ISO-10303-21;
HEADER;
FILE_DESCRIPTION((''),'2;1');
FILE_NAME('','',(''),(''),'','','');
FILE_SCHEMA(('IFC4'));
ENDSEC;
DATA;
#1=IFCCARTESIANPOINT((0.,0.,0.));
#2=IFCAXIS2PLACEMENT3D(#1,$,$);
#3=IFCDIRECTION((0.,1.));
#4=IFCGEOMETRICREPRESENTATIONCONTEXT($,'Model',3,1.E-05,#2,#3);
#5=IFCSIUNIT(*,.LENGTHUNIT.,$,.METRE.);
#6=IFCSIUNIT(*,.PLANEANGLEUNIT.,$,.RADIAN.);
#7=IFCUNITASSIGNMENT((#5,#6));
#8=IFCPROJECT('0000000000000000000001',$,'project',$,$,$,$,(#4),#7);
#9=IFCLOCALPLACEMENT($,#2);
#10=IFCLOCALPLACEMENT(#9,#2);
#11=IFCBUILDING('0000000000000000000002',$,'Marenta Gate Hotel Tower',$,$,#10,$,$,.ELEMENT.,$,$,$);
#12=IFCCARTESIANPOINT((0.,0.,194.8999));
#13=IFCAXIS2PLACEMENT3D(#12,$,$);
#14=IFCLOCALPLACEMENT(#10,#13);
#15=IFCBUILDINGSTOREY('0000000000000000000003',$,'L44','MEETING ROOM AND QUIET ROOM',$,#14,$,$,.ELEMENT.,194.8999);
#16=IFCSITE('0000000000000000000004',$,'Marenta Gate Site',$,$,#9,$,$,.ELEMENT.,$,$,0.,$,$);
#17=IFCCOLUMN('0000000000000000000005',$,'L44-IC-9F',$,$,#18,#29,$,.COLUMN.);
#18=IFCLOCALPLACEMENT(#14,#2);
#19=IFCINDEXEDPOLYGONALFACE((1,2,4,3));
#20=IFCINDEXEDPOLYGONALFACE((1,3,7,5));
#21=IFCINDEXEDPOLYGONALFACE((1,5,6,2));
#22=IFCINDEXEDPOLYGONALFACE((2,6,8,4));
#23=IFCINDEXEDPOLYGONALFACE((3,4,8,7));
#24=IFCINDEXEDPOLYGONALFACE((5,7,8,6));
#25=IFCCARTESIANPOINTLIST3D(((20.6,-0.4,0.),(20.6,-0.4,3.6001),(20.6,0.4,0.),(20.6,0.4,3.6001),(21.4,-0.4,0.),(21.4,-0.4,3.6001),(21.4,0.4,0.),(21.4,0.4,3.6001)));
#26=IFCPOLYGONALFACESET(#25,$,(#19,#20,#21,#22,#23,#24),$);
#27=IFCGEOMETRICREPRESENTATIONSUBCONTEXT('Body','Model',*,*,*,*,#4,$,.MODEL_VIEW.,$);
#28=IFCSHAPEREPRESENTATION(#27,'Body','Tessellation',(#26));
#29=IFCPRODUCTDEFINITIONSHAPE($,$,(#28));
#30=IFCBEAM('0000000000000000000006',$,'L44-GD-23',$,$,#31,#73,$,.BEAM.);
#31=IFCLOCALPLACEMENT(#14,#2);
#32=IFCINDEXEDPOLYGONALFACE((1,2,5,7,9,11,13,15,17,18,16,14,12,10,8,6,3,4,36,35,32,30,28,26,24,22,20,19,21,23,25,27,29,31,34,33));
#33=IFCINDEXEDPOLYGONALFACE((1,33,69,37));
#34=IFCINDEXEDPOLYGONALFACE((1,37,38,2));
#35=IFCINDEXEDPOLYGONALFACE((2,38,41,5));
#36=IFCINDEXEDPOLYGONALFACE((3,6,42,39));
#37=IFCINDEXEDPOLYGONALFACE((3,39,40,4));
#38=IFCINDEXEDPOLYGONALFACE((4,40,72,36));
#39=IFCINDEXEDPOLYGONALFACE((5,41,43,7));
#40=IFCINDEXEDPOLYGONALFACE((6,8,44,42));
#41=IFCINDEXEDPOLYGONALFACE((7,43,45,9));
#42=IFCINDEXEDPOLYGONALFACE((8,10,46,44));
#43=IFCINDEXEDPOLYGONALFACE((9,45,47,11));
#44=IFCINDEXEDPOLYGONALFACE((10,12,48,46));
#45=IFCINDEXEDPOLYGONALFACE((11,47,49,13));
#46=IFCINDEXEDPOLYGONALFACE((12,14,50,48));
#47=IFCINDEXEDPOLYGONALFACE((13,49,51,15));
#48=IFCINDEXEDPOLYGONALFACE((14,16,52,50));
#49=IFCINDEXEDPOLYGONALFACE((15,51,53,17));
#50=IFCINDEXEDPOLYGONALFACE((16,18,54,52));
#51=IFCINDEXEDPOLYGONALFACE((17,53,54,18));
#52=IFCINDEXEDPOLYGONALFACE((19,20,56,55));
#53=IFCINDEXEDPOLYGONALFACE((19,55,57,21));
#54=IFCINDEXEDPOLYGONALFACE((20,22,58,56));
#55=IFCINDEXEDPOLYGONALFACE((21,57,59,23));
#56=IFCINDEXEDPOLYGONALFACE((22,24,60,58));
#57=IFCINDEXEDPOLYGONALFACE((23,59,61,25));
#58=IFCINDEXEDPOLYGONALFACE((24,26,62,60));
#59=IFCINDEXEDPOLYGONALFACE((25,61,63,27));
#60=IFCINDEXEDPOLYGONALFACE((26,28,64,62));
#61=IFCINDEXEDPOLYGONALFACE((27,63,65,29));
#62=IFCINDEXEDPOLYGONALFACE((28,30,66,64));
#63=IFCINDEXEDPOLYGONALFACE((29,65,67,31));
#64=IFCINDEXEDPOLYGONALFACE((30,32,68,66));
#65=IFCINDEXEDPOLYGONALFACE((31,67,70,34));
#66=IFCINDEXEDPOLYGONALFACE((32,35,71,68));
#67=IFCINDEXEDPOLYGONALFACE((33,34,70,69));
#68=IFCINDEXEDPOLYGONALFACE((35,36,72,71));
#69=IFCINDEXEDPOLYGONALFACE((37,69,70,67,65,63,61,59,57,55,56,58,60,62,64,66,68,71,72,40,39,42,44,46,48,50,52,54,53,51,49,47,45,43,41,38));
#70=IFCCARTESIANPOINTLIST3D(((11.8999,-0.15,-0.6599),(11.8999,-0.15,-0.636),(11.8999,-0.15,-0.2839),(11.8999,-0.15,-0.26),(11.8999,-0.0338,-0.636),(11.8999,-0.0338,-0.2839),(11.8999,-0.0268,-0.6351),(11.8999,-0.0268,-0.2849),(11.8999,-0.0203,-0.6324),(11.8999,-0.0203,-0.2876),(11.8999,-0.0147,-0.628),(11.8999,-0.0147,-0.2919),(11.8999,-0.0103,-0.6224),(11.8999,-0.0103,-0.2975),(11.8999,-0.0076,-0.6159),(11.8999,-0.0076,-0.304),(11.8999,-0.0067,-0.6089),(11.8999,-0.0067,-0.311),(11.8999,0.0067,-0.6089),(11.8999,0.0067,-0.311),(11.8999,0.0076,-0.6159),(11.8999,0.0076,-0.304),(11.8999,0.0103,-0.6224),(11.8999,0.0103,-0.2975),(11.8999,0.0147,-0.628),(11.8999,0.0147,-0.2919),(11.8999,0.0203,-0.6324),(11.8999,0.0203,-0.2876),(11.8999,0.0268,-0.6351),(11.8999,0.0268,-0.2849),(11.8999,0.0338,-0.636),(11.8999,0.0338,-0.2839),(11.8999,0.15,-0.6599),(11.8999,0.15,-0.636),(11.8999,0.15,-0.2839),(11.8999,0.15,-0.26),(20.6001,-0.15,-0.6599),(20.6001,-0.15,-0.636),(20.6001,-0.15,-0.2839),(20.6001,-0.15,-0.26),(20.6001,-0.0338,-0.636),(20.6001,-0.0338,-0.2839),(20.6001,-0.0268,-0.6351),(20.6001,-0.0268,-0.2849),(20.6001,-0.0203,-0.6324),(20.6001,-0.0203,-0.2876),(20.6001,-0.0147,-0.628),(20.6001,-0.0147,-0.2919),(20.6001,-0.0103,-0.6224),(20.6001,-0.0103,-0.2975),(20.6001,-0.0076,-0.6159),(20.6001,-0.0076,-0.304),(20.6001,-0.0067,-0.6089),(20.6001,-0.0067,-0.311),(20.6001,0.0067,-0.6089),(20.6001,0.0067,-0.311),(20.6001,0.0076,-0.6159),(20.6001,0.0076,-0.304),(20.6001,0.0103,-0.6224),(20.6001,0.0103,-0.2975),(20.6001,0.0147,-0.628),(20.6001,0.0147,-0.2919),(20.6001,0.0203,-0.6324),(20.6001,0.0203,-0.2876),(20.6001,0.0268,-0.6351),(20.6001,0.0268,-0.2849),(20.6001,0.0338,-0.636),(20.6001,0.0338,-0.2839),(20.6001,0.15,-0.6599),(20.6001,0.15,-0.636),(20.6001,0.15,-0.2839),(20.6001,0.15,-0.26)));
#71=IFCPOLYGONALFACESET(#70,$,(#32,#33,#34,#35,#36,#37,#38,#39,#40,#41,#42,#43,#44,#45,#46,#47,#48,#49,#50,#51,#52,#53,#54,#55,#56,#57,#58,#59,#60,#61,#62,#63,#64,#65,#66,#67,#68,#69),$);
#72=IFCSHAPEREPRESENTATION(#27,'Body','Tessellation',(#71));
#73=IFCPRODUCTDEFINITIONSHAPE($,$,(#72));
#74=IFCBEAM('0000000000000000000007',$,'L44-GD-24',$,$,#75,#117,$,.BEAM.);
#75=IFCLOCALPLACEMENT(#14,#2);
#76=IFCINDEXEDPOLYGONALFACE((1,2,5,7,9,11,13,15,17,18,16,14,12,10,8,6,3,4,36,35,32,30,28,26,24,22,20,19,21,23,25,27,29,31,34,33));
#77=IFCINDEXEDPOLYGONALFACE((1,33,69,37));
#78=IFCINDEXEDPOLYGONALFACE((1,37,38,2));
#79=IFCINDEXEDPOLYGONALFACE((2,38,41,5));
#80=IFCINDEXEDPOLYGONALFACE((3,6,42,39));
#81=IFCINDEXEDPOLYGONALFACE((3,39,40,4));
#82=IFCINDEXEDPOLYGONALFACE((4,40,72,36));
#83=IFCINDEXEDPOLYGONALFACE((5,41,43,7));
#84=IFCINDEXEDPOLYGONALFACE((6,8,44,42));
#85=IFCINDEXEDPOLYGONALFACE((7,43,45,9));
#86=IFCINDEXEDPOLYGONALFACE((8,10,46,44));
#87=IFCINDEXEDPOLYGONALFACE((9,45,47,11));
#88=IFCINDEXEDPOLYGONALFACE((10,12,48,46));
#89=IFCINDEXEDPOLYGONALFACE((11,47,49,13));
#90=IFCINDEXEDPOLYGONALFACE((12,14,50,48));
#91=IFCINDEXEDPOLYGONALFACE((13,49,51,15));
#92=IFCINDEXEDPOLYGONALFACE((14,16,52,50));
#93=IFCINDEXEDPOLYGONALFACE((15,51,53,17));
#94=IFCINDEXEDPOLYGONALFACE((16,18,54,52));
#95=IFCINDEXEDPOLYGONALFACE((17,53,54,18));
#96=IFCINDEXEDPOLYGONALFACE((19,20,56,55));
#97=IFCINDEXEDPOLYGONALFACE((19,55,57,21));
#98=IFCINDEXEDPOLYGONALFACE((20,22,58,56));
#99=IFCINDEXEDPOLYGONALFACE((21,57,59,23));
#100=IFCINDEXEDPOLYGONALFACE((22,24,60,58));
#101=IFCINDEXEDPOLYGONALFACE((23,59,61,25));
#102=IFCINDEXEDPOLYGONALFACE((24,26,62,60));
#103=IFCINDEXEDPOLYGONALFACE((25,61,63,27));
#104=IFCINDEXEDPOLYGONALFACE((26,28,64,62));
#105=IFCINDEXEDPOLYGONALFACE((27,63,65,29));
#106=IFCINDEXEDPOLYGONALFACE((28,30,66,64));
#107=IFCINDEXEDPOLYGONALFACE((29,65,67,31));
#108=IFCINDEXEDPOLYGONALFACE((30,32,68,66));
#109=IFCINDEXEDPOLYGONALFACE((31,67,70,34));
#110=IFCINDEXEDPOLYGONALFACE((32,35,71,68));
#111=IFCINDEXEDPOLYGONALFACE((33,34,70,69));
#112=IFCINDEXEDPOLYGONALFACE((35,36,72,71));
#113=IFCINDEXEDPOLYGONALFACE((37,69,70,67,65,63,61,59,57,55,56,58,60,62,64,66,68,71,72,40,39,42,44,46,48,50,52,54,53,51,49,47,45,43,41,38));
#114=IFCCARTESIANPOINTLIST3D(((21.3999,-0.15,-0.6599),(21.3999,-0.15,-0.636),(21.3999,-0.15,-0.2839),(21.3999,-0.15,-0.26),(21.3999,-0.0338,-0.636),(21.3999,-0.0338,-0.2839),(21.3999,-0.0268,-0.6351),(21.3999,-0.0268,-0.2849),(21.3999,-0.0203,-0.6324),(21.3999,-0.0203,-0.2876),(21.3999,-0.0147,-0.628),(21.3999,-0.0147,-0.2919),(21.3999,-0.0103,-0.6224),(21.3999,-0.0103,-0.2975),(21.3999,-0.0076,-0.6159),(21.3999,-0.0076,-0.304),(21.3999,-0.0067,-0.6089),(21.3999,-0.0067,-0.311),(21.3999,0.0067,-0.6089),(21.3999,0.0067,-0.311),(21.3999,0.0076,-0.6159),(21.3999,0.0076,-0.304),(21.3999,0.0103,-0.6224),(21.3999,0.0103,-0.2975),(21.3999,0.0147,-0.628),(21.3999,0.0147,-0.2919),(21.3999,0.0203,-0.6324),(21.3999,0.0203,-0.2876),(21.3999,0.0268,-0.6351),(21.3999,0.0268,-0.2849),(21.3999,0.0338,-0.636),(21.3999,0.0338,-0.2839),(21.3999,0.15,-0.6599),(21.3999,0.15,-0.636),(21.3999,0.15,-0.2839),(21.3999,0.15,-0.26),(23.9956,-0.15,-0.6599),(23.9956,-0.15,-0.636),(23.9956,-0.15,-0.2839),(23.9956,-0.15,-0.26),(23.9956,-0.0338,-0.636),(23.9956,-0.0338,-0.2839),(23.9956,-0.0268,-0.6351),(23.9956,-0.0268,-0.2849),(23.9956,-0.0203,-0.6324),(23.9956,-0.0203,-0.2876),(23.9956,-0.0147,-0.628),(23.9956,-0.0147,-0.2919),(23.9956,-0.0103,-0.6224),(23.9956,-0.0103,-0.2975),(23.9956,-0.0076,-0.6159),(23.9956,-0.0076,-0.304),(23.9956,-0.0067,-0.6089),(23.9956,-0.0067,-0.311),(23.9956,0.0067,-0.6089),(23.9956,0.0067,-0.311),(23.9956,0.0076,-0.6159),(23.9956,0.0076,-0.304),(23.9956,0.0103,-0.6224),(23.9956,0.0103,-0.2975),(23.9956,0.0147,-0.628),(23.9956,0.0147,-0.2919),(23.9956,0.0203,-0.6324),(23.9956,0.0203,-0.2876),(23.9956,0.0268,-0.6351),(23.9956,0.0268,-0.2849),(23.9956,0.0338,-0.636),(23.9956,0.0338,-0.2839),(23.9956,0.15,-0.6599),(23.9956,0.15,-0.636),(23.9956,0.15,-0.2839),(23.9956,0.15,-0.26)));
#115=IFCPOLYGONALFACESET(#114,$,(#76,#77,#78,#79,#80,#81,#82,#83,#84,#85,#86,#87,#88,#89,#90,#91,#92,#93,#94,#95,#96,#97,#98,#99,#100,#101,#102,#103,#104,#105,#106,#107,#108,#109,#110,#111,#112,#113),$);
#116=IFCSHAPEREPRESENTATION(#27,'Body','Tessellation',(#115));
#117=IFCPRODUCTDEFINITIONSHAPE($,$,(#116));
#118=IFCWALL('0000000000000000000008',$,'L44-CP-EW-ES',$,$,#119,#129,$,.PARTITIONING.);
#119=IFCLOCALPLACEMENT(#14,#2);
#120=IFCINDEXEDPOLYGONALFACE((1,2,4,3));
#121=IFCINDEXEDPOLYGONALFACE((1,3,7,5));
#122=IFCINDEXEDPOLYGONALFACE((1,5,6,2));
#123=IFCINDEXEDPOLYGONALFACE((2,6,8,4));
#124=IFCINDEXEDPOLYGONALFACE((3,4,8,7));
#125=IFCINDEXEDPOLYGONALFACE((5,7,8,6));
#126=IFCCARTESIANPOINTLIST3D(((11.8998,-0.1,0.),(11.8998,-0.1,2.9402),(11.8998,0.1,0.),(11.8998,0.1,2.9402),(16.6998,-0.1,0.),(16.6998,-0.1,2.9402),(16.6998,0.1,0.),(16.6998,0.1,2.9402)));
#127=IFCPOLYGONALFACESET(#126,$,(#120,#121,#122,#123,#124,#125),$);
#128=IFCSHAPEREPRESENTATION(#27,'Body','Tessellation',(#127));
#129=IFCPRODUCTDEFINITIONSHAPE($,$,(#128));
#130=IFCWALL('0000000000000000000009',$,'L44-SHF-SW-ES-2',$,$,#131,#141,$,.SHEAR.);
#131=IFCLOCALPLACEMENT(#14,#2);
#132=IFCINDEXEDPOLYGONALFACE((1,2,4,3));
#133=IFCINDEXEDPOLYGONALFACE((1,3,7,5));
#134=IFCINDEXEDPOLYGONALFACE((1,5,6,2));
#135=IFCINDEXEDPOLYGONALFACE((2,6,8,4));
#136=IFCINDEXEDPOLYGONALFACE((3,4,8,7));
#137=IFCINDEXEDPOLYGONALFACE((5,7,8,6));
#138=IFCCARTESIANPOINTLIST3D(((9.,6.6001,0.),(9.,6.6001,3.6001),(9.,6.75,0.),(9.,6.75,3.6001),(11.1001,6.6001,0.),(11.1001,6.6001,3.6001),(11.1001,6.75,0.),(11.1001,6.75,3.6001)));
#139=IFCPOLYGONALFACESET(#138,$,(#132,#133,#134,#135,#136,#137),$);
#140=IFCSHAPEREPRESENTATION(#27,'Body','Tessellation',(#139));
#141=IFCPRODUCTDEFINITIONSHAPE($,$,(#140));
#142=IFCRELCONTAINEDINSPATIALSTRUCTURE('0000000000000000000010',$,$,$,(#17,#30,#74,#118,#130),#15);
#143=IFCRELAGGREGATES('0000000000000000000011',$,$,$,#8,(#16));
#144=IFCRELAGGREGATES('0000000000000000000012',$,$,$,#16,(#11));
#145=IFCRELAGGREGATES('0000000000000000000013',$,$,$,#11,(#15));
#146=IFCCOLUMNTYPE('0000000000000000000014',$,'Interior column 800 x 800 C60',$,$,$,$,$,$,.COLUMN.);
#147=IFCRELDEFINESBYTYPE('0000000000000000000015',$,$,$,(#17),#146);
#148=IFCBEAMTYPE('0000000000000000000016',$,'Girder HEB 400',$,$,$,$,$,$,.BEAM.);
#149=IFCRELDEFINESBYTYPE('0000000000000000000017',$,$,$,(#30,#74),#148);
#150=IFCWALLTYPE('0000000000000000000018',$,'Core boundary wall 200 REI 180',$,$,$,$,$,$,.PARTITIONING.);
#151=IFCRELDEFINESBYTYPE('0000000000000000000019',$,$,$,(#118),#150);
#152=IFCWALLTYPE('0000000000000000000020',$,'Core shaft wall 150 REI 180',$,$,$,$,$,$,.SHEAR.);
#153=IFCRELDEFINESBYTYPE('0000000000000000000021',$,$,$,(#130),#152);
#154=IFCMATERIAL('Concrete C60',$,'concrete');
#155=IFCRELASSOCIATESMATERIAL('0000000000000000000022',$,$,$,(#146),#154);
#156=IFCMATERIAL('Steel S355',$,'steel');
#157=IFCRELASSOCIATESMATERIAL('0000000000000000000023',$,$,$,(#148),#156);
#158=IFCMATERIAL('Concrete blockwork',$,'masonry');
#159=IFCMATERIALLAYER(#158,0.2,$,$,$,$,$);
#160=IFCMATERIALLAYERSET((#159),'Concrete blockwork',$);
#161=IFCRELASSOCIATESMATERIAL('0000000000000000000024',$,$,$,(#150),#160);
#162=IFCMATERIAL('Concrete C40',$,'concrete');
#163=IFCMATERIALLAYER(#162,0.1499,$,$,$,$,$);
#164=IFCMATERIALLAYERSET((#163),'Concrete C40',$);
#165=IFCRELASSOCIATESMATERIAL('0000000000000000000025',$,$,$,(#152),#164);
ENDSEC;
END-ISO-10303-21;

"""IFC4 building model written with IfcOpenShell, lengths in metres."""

from ifc_helpers import new_model, si_unit, direction, frame, frame_2d, origin, origin_2d, place, context, subcontext, project, spatial, rectangle, i_section, extrude, material, layer, layer_set, material_profile, profile_set, type_object, element, save


model = new_model("IFC4")

# Units and contexts
model_context = context("Model", 3, precision=1e-05, world=origin(), true_north=direction((0.0, 1.0)))
body_context = subcontext(model_context, "Body", "Model", "MODEL_VIEW")
ifc_project = project(units=[si_unit("LENGTHUNIT", "METRE"), si_unit("PLANEANGLEUNIT", "RADIAN")], contexts=[model_context])

# Site, building, storey
site_placement = place(None, origin())
site = spatial("IfcSite", under=ifc_project, at=site_placement, Name="Marenta Gate Site", CompositionType="ELEMENT", RefElevation=0.0)
building_placement = place(site_placement, origin())
building = spatial("IfcBuilding", under=site, at=building_placement, Name="Marenta Gate Hotel Tower", CompositionType="ELEMENT")
storey_placement = place(building_placement, frame((0.0, 0.0, 194.8999)))
storey = spatial("IfcBuildingStorey", under=building, at=storey_placement, Name="L44", Description="MEETING ROOM AND QUIET ROOM", CompositionType="ELEMENT", Elevation=194.8999)

# Column
ifc_material_1 = material(Name="Concrete C60", Category="concrete")
ifc_material_profile_1 = material_profile(ifc_material_1, rectangle(XDim=0.8, YDim=0.8, at=origin_2d()), Name="800 x 800")
ifc_profile_set_1 = profile_set([ifc_material_profile_1], Name="Concrete C60")
column_type = type_object("IfcColumnType", Name="Interior column 800 x 800 C60", PredefinedType="COLUMN", material=ifc_profile_set_1)
column_placement = place(storey_placement, frame((21.0, 0.0, 0.0), z_axis=(0.0, 0.0, 1.0), x_axis=(1.0, 0.0, 0.0)))
element("IfcColumn", 1, at=column_placement, inside=storey, type_object=column_type, Name="L44-IC-9F", PredefinedType="COLUMN", context=body_context, shape_type="SweptSolid", body=[
    extrude(rectangle(XDim=0.8, YDim=0.8, at=origin_2d()), origin(), (0.0, 0.0, 1.0), 3.6001),
])

# Beams
ifc_material_2 = material(Name="Steel S355", Category="steel")
ifc_material_profile_2 = material_profile(ifc_material_2, i_section(OverallWidth=0.3, OverallDepth=0.3999, WebThickness=0.0134, FlangeThickness=0.0239, FilletRadius=0.0271, at=origin_2d()), Name="HEB 400")
ifc_profile_set_2 = profile_set([ifc_material_profile_2], Name="Steel S355")
beam_type = type_object("IfcBeamType", Name="Girder HEB 400", PredefinedType="BEAM", material=ifc_profile_set_2)
beam_1_placement = place(storey_placement, frame((11.8999, 0.0, -0.46), z_axis=(1.0, 0.0, 0.0), x_axis=(0.0, 1.0, 0.0)))
element("IfcBeam", 2, at=beam_1_placement, inside=storey, type_object=beam_type, Name="L44-GD-23", PredefinedType="BEAM", context=body_context, shape_type="SweptSolid", body=[
    extrude(i_section(OverallWidth=0.3, OverallDepth=0.3999, WebThickness=0.0134, FlangeThickness=0.0239, FilletRadius=0.0271, at=origin_2d()), origin(), (0.0, 0.0, 1.0), 8.7002),
])
beam_2_placement = place(storey_placement, frame((21.3999, 0.0, -0.46), z_axis=(1.0, 0.0, 0.0), x_axis=(0.0, 1.0, 0.0)))
element("IfcBeam", 3, at=beam_2_placement, inside=storey, type_object=beam_type, Name="L44-GD-24", PredefinedType="BEAM", context=body_context, shape_type="SweptSolid", body=[
    extrude(i_section(OverallWidth=0.3, OverallDepth=0.3999, WebThickness=0.0134, FlangeThickness=0.0239, FilletRadius=0.0271, at=origin_2d()), origin(), (0.0, 0.0, 1.0), 2.5957),
])

# Shared definitions
ifc_material_3 = material(Name="Concrete blockwork", Category="masonry")
ifc_layer_1 = layer(ifc_material_3, 0.2)
ifc_layer_set_1 = layer_set([ifc_layer_1], Name="Concrete blockwork")
wall_type_1 = type_object("IfcWallType", Name="Core boundary wall 200 REI 180", PredefinedType="PARTITIONING", material=ifc_layer_set_1)

# Walls
wall_1_placement = place(storey_placement, frame((11.8999, 0.0, 0.0), z_axis=(0.0, 0.0, 1.0), x_axis=(1.0, 0.0, 0.0)))
element("IfcWall", 4, at=wall_1_placement, inside=storey, type_object=wall_type_1, Name="L44-CP-EW-ES", PredefinedType="PARTITIONING", context=body_context, shape_type="SweptSolid", body=[
    extrude(rectangle(XDim=4.8, YDim=0.2, at=frame_2d((2.3999, 0.0))), origin(), (0.0, 0.0, 1.0), 2.9402),
])
ifc_material_4 = material(Name="Concrete C40", Category="concrete")
ifc_layer_2 = layer(ifc_material_4, 0.1499)
ifc_layer_set_2 = layer_set([ifc_layer_2], Name="Concrete C40")
wall_type_2 = type_object("IfcWallType", Name="Core shaft wall 150 REI 180", PredefinedType="SHEAR", material=ifc_layer_set_2)
wall_2_placement = place(storey_placement, frame((9.0, 6.675, 0.0), z_axis=(0.0, 0.0, 1.0), x_axis=(1.0, 0.0, 0.0)))
element("IfcWall", 5, at=wall_2_placement, inside=storey, type_object=wall_type_2, Name="L44-SHF-SW-ES-2", PredefinedType="SHEAR", context=body_context, shape_type="SweptSolid", body=[
    extrude(rectangle(XDim=2.1001, YDim=0.1499, at=frame_2d((1.05, 0.0))), origin(), (0.0, 0.0, 1.0), 3.6001),
])

save(model, "model.ifc")
